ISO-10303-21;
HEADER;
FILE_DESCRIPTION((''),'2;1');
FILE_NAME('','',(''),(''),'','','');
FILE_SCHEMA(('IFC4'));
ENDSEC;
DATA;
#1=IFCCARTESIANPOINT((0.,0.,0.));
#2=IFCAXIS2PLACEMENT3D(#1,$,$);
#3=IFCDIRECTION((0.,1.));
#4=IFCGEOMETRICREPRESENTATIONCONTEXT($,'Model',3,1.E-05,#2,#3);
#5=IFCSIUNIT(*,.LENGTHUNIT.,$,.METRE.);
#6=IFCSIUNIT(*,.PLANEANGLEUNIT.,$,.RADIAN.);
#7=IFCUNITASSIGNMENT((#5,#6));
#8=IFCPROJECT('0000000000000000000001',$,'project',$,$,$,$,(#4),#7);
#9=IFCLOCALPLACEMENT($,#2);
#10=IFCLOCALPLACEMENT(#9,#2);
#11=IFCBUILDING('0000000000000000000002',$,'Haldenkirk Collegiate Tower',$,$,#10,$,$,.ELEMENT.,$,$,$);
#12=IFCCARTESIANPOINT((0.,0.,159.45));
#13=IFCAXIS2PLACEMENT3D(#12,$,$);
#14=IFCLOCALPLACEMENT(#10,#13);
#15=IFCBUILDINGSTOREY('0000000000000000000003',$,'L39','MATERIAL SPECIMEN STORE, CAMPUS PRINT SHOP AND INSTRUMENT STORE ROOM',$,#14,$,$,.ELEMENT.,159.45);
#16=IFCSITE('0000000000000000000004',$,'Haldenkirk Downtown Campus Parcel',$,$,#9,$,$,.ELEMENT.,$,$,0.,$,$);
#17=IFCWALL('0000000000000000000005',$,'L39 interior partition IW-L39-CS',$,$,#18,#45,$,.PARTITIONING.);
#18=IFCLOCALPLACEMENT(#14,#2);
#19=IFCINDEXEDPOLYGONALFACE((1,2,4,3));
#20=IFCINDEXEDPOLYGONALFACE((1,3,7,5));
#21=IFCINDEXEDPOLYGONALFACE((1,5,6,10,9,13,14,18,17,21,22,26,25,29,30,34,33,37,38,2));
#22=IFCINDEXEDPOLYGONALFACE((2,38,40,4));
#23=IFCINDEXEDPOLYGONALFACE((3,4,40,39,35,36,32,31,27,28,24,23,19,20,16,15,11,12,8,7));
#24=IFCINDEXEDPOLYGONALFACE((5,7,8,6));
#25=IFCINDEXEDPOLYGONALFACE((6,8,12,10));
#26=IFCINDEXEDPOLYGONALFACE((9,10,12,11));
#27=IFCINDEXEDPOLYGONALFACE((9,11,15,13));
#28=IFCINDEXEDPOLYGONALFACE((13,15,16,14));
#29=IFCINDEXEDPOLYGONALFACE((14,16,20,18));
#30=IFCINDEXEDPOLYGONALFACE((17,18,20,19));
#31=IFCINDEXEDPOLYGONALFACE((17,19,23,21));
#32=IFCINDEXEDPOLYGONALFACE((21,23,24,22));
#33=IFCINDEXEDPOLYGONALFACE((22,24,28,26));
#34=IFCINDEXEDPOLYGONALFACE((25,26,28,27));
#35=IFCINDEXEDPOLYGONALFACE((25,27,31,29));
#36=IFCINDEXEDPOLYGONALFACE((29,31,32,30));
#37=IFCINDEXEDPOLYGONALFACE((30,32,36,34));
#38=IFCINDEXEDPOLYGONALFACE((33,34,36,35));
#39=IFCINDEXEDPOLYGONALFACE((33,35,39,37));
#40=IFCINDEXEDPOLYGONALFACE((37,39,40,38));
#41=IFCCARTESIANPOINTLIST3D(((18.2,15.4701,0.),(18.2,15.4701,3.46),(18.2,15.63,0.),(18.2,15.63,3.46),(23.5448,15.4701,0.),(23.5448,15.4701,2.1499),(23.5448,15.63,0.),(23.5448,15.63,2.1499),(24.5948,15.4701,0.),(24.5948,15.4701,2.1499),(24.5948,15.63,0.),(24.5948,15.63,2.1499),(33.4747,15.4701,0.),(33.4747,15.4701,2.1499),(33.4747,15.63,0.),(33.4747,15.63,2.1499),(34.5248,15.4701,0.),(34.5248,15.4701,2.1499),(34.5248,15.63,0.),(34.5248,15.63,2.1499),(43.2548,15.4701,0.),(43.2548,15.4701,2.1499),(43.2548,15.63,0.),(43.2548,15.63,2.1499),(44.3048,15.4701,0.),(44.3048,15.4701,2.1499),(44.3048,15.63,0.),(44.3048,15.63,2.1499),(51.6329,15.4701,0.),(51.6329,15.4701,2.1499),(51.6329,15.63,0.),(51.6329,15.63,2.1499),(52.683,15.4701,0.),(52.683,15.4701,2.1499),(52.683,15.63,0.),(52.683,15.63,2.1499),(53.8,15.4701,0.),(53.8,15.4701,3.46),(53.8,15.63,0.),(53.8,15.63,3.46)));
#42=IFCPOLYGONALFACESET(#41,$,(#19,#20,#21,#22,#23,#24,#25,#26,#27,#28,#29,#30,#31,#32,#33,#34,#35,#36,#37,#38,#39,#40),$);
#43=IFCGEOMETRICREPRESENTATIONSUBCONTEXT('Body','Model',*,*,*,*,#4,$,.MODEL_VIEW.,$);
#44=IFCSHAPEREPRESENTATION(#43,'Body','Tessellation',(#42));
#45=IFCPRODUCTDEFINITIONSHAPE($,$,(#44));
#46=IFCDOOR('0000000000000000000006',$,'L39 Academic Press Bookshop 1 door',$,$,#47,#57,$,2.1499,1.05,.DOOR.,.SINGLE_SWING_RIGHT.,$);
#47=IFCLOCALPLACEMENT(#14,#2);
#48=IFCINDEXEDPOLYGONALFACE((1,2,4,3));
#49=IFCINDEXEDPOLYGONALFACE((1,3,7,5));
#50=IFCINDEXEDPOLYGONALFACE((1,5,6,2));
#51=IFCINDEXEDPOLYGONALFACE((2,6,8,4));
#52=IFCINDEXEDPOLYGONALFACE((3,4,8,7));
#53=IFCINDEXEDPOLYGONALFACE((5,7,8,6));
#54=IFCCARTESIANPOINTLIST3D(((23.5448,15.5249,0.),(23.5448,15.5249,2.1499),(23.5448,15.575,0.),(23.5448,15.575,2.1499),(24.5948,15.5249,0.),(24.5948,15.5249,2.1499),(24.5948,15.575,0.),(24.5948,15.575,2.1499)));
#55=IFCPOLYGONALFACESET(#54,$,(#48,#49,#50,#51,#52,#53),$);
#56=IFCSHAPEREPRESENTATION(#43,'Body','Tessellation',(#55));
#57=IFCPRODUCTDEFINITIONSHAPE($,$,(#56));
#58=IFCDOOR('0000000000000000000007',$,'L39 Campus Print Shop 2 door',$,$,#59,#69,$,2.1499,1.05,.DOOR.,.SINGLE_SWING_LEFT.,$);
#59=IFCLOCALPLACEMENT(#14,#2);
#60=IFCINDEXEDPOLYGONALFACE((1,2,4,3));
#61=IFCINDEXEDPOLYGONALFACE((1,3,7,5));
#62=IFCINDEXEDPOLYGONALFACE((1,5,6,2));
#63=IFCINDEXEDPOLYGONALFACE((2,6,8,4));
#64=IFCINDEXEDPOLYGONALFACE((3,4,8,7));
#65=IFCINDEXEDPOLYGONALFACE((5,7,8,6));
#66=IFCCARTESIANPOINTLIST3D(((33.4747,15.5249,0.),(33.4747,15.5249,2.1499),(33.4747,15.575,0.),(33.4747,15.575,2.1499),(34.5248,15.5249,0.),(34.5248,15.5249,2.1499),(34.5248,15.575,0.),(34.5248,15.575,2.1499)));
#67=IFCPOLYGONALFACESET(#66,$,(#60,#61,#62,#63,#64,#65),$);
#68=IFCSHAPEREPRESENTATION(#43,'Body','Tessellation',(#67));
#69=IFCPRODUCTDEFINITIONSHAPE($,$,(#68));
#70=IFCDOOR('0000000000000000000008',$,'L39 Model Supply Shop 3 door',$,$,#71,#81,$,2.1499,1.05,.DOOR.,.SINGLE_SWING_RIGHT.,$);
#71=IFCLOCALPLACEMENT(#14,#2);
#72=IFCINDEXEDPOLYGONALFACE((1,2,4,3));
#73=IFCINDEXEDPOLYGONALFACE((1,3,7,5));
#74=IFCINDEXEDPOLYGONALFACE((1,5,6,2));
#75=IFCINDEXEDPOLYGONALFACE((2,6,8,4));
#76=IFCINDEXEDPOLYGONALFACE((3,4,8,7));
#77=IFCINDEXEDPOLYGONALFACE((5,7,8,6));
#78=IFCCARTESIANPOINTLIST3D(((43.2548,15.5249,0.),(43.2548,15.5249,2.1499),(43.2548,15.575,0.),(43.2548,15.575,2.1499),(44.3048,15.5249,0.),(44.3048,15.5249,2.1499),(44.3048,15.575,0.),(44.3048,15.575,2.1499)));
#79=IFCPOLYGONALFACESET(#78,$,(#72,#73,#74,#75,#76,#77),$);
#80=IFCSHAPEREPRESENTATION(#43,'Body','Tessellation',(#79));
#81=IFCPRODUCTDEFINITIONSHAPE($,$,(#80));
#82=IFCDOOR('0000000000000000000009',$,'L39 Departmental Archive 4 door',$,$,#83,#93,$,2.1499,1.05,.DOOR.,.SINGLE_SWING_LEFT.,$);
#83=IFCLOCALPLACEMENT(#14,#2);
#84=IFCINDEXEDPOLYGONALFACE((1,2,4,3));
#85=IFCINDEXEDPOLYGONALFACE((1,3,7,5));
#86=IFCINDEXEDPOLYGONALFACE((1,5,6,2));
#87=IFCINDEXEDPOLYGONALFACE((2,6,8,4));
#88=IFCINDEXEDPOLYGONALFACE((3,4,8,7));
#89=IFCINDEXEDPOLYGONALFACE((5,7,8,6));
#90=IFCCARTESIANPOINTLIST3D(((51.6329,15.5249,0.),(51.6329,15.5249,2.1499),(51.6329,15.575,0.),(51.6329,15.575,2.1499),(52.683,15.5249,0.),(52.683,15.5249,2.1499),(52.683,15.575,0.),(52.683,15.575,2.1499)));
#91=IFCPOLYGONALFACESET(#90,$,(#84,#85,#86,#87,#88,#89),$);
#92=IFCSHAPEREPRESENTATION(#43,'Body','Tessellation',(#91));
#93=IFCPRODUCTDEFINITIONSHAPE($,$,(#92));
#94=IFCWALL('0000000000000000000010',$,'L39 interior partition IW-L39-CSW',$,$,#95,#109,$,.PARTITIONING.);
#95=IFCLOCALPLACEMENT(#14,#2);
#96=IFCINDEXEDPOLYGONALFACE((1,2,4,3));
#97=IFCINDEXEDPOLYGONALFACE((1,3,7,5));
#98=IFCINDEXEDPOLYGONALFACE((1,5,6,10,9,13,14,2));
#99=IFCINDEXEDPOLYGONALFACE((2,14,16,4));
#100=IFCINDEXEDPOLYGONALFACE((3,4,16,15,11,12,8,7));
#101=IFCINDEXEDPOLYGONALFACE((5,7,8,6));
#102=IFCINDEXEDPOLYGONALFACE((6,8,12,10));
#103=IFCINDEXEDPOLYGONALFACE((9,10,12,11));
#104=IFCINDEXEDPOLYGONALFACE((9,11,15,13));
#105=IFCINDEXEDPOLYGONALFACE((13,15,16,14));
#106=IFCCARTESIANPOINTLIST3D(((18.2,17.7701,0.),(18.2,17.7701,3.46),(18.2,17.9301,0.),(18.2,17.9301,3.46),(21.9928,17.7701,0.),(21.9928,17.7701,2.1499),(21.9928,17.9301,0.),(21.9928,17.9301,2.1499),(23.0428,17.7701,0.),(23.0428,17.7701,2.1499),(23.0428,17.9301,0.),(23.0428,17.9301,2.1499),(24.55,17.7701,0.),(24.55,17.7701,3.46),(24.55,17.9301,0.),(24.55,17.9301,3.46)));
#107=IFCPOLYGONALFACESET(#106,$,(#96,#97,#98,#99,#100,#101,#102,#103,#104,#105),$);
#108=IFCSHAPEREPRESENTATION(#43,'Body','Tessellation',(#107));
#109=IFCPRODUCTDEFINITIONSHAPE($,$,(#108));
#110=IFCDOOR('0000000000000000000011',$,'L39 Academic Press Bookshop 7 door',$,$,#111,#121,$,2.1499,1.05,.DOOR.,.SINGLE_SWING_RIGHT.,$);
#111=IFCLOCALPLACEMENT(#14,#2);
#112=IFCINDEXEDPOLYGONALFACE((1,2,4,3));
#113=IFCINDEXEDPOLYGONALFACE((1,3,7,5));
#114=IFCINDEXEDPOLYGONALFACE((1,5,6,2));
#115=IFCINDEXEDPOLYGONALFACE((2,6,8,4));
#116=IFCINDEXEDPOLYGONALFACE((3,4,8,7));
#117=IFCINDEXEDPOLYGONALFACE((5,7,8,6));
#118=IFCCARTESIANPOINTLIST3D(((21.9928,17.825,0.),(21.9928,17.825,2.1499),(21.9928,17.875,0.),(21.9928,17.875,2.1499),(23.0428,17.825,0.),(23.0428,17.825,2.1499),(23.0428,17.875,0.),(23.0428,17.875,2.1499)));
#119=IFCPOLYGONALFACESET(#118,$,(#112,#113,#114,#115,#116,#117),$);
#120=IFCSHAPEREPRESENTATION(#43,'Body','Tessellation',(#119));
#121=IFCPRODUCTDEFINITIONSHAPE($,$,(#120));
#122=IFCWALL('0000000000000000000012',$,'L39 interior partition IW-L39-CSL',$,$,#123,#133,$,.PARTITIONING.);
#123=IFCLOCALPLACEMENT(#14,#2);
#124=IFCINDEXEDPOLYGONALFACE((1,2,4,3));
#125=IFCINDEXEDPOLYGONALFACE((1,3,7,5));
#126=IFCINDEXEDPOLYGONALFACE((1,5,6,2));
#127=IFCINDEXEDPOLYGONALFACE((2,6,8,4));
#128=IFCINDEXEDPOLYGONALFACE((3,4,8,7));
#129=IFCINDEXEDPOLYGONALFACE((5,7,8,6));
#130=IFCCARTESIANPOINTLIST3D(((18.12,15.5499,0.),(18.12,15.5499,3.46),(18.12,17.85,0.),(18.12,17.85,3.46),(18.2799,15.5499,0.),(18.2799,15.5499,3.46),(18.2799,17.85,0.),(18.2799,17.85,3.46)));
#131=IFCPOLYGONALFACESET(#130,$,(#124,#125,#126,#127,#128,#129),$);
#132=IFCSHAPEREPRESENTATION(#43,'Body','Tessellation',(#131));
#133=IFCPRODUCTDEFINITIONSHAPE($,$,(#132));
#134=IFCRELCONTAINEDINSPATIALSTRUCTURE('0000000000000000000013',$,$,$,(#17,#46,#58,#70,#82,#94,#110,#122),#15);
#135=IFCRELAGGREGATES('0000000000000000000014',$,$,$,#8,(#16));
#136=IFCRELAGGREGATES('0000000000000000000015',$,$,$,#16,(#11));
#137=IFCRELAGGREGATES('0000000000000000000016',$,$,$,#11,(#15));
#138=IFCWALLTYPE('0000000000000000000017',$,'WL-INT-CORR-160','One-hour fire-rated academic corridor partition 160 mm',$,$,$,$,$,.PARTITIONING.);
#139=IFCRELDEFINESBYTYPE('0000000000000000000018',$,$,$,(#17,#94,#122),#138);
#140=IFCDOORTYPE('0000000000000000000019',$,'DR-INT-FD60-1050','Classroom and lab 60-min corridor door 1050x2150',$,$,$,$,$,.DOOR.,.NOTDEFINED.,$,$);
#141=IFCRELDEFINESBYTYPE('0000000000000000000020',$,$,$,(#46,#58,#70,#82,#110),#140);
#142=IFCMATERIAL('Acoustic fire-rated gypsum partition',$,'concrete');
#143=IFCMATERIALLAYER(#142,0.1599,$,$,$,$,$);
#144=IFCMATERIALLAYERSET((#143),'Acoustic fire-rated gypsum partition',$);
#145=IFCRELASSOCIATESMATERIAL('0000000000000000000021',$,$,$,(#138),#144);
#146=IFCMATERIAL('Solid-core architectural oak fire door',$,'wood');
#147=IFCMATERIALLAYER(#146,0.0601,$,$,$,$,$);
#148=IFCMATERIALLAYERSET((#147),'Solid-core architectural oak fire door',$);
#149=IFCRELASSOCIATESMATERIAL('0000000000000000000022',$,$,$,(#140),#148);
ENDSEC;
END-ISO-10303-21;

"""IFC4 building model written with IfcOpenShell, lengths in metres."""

from ifc_helpers import new_model, si_unit, direction, frame, frame_2d, origin, place, context, subcontext, project, spatial, rectangle, extrude, material, layer, layer_set, type_object, element, fill, save


model = new_model("IFC4")

# Units and contexts
model_context = context("Model", 3, precision=1e-05, world=origin(), true_north=direction((0.0, 1.0)))
body_context = subcontext(model_context, "Body", "Model", "MODEL_VIEW")
ifc_project = project(units=[si_unit("LENGTHUNIT", "METRE"), si_unit("PLANEANGLEUNIT", "RADIAN")], contexts=[model_context])

# Site, building, storey
site_placement = place(None, origin())
site = spatial("IfcSite", under=ifc_project, at=site_placement, Name="Haldenkirk Downtown Campus Parcel", CompositionType="ELEMENT", RefElevation=0.0)
building_placement = place(site_placement, origin())
building = spatial("IfcBuilding", under=site, at=building_placement, Name="Haldenkirk Collegiate Tower", CompositionType="ELEMENT")
storey_placement = place(building_placement, frame((0.0, 0.0, 159.45)))
storey = spatial("IfcBuildingStorey", under=building, at=storey_placement, Name="L39", Description="MATERIAL SPECIMEN STORE, CAMPUS PRINT SHOP AND INSTRUMENT STORE ROOM", CompositionType="ELEMENT", Elevation=159.45)

# Wall, openings, doors
ifc_material_1 = material(Name="Acoustic fire-rated gypsum partition", Category="concrete")
ifc_layer_1 = layer(ifc_material_1, 0.1599)
ifc_layer_set_1 = layer_set([ifc_layer_1], Name="Acoustic fire-rated gypsum partition")
wall_type = type_object("IfcWallType", Name="WL-INT-CORR-160", Description="One-hour fire-rated academic corridor partition 160 mm", PredefinedType="PARTITIONING", material=ifc_layer_set_1)
wall_1_placement = place(storey_placement, frame((18.2, 15.55, 0.0), z_axis=(0.0, 0.0, 1.0), x_axis=(1.0, 0.0, 0.0)))
wall_1 = element("IfcWall", 1, at=wall_1_placement, inside=storey, type_object=wall_type, Name="L39 interior partition IW-L39-CS", PredefinedType="PARTITIONING", context=body_context, shape_type="SweptSolid", body=[
    extrude(rectangle(XDim=35.6001, YDim=0.1599, at=frame_2d((17.8, 0.0))), origin(), (0.0, 0.0, 1.0), 3.46),
])
opening_1_placement = place(wall_1_placement, frame((5.345, 0.0, 0.0)))
opening_1 = element("IfcOpeningElement", 2, at=opening_1_placement, cuts=wall_1, PredefinedType="OPENING", context=body_context, shape_type="SweptSolid", body=[
    extrude(rectangle(XDim=1.05, YDim=2.1499, at=frame_2d((0.5249, 1.075))), frame((0.0, 0.0898, 0.0), z_axis=(0.0, -1.0, 0.0), x_axis=(1.0, 0.0, 0.0)), (0.0, 0.0, 1.0), 0.1799),
])
opening_2_placement = place(wall_1_placement, frame((15.2749, 0.0, 0.0)))
opening_2 = element("IfcOpeningElement", 3, at=opening_2_placement, cuts=wall_1, PredefinedType="OPENING", context=body_context, shape_type="SweptSolid", body=[
    extrude(rectangle(XDim=1.05, YDim=2.1499, at=frame_2d((0.5249, 1.075))), frame((0.0, 0.0898, 0.0), z_axis=(0.0, -1.0, 0.0), x_axis=(1.0, 0.0, 0.0)), (0.0, 0.0, 1.0), 0.1799),
])
opening_3_placement = place(wall_1_placement, frame((25.0549, 0.0, 0.0)))
opening_3 = element("IfcOpeningElement", 4, at=opening_3_placement, cuts=wall_1, PredefinedType="OPENING", context=body_context, shape_type="SweptSolid", body=[
    extrude(rectangle(XDim=1.05, YDim=2.1499, at=frame_2d((0.5249, 1.075))), frame((0.0, 0.0898, 0.0), z_axis=(0.0, -1.0, 0.0), x_axis=(1.0, 0.0, 0.0)), (0.0, 0.0, 1.0), 0.1799),
])
opening_4_placement = place(wall_1_placement, frame((33.4331, 0.0, 0.0)))
opening_4 = element("IfcOpeningElement", 5, at=opening_4_placement, cuts=wall_1, PredefinedType="OPENING", context=body_context, shape_type="SweptSolid", body=[
    extrude(rectangle(XDim=1.05, YDim=2.1499, at=frame_2d((0.5249, 1.075))), frame((0.0, 0.0898, 0.0), z_axis=(0.0, -1.0, 0.0), x_axis=(1.0, 0.0, 0.0)), (0.0, 0.0, 1.0), 0.1799),
])
ifc_material_2 = material(Name="Solid-core architectural oak fire door", Category="wood")
ifc_layer_2 = layer(ifc_material_2, 0.0601)
ifc_layer_set_2 = layer_set([ifc_layer_2], Name="Solid-core architectural oak fire door")
door_type = type_object("IfcDoorType", Name="DR-INT-FD60-1050", Description="Classroom and lab 60-min corridor door 1050x2150", OperationType="NOTDEFINED", PredefinedType="DOOR", material=ifc_layer_set_2)
door_1_placement = place(opening_1_placement, origin())
door_1 = element("IfcDoor", 6, at=door_1_placement, inside=storey, type_object=door_type, Name="L39 Academic Press Bookshop 1 door", OperationType="SINGLE_SWING_RIGHT", OverallHeight=2.1499, OverallWidth=1.05, PredefinedType="DOOR", context=body_context, shape_type="SweptSolid", body=[
    extrude(rectangle(XDim=1.05, YDim=2.1499, at=frame_2d((0.5249, 1.075))), frame((0.0, 0.0249, 0.0), z_axis=(0.0, -1.0, 0.0), x_axis=(1.0, 0.0, 0.0)), (0.0, 0.0, 1.0), 0.05),
])
fill(opening_1, door_1)
door_2_placement = place(opening_2_placement, origin())
door_2 = element("IfcDoor", 7, at=door_2_placement, inside=storey, type_object=door_type, Name="L39 Campus Print Shop 2 door", OperationType="SINGLE_SWING_LEFT", OverallHeight=2.1499, OverallWidth=1.05, PredefinedType="DOOR", context=body_context, shape_type="SweptSolid", body=[
    extrude(rectangle(XDim=1.05, YDim=2.1499, at=frame_2d((0.5249, 1.075))), frame((0.0, 0.0249, 0.0), z_axis=(0.0, -1.0, 0.0), x_axis=(1.0, 0.0, 0.0)), (0.0, 0.0, 1.0), 0.05),
])
fill(opening_2, door_2)
door_3_placement = place(opening_3_placement, origin())
door_3 = element("IfcDoor", 8, at=door_3_placement, inside=storey, type_object=door_type, Name="L39 Model Supply Shop 3 door", OperationType="SINGLE_SWING_RIGHT", OverallHeight=2.1499, OverallWidth=1.05, PredefinedType="DOOR", context=body_context, shape_type="SweptSolid", body=[
    extrude(rectangle(XDim=1.05, YDim=2.1499, at=frame_2d((0.5249, 1.075))), frame((0.0, 0.0249, 0.0), z_axis=(0.0, -1.0, 0.0), x_axis=(1.0, 0.0, 0.0)), (0.0, 0.0, 1.0), 0.05),
])
fill(opening_3, door_3)
door_4_placement = place(opening_4_placement, origin())
door_4 = element("IfcDoor", 9, at=door_4_placement, inside=storey, type_object=door_type, Name="L39 Departmental Archive 4 door", OperationType="SINGLE_SWING_LEFT", OverallHeight=2.1499, OverallWidth=1.05, PredefinedType="DOOR", context=body_context, shape_type="SweptSolid", body=[
    extrude(rectangle(XDim=1.05, YDim=2.1499, at=frame_2d((0.5249, 1.075))), frame((0.0, 0.0249, 0.0), z_axis=(0.0, -1.0, 0.0), x_axis=(1.0, 0.0, 0.0)), (0.0, 0.0, 1.0), 0.05),
])
fill(opening_4, door_4)

# Wall, opening, door
wall_2_placement = place(storey_placement, frame((18.2, 17.8501, 0.0), z_axis=(0.0, 0.0, 1.0), x_axis=(1.0, 0.0, 0.0)))
wall_2 = element("IfcWall", 10, at=wall_2_placement, inside=storey, type_object=wall_type, Name="L39 interior partition IW-L39-CSW", PredefinedType="PARTITIONING", context=body_context, shape_type="SweptSolid", body=[
    extrude(rectangle(XDim=6.3501, YDim=0.1599, at=frame_2d((3.175, 0.0))), origin(), (0.0, 0.0, 1.0), 3.46),
])
opening_5_placement = place(wall_2_placement, frame((3.793, 0.0, 0.0)))
opening_5 = element("IfcOpeningElement", 11, at=opening_5_placement, cuts=wall_2, PredefinedType="OPENING", context=body_context, shape_type="SweptSolid", body=[
    extrude(rectangle(XDim=1.05, YDim=2.1499, at=frame_2d((0.5249, 1.075))), frame((0.0, 0.0898, 0.0), z_axis=(0.0, -1.0, 0.0), x_axis=(1.0, 0.0, 0.0)), (0.0, 0.0, 1.0), 0.1799),
])
door_5_placement = place(opening_5_placement, origin())
door_5 = element("IfcDoor", 12, at=door_5_placement, inside=storey, type_object=door_type, Name="L39 Academic Press Bookshop 7 door", OperationType="SINGLE_SWING_RIGHT", OverallHeight=2.1499, OverallWidth=1.05, PredefinedType="DOOR", context=body_context, shape_type="SweptSolid", body=[
    extrude(rectangle(XDim=1.05, YDim=2.1499, at=frame_2d((0.5249, 1.075))), frame((0.0, 0.0249, 0.0), z_axis=(0.0, -1.0, 0.0), x_axis=(1.0, 0.0, 0.0)), (0.0, 0.0, 1.0), 0.05),
])
fill(opening_5, door_5)

# Wall
wall_3_placement = place(storey_placement, frame((18.2, 15.55, 0.0), z_axis=(0.0, 0.0, 1.0), x_axis=(0.0, 1.0, 0.0)))
element("IfcWall", 13, at=wall_3_placement, inside=storey, type_object=wall_type, Name="L39 interior partition IW-L39-CSL", PredefinedType="PARTITIONING", context=body_context, shape_type="SweptSolid", body=[
    extrude(rectangle(XDim=2.3, YDim=0.1599, at=frame_2d((1.1499, 0.0))), origin(), (0.0, 0.0, 1.0), 3.46),
])

save(model, "model.ifc")
